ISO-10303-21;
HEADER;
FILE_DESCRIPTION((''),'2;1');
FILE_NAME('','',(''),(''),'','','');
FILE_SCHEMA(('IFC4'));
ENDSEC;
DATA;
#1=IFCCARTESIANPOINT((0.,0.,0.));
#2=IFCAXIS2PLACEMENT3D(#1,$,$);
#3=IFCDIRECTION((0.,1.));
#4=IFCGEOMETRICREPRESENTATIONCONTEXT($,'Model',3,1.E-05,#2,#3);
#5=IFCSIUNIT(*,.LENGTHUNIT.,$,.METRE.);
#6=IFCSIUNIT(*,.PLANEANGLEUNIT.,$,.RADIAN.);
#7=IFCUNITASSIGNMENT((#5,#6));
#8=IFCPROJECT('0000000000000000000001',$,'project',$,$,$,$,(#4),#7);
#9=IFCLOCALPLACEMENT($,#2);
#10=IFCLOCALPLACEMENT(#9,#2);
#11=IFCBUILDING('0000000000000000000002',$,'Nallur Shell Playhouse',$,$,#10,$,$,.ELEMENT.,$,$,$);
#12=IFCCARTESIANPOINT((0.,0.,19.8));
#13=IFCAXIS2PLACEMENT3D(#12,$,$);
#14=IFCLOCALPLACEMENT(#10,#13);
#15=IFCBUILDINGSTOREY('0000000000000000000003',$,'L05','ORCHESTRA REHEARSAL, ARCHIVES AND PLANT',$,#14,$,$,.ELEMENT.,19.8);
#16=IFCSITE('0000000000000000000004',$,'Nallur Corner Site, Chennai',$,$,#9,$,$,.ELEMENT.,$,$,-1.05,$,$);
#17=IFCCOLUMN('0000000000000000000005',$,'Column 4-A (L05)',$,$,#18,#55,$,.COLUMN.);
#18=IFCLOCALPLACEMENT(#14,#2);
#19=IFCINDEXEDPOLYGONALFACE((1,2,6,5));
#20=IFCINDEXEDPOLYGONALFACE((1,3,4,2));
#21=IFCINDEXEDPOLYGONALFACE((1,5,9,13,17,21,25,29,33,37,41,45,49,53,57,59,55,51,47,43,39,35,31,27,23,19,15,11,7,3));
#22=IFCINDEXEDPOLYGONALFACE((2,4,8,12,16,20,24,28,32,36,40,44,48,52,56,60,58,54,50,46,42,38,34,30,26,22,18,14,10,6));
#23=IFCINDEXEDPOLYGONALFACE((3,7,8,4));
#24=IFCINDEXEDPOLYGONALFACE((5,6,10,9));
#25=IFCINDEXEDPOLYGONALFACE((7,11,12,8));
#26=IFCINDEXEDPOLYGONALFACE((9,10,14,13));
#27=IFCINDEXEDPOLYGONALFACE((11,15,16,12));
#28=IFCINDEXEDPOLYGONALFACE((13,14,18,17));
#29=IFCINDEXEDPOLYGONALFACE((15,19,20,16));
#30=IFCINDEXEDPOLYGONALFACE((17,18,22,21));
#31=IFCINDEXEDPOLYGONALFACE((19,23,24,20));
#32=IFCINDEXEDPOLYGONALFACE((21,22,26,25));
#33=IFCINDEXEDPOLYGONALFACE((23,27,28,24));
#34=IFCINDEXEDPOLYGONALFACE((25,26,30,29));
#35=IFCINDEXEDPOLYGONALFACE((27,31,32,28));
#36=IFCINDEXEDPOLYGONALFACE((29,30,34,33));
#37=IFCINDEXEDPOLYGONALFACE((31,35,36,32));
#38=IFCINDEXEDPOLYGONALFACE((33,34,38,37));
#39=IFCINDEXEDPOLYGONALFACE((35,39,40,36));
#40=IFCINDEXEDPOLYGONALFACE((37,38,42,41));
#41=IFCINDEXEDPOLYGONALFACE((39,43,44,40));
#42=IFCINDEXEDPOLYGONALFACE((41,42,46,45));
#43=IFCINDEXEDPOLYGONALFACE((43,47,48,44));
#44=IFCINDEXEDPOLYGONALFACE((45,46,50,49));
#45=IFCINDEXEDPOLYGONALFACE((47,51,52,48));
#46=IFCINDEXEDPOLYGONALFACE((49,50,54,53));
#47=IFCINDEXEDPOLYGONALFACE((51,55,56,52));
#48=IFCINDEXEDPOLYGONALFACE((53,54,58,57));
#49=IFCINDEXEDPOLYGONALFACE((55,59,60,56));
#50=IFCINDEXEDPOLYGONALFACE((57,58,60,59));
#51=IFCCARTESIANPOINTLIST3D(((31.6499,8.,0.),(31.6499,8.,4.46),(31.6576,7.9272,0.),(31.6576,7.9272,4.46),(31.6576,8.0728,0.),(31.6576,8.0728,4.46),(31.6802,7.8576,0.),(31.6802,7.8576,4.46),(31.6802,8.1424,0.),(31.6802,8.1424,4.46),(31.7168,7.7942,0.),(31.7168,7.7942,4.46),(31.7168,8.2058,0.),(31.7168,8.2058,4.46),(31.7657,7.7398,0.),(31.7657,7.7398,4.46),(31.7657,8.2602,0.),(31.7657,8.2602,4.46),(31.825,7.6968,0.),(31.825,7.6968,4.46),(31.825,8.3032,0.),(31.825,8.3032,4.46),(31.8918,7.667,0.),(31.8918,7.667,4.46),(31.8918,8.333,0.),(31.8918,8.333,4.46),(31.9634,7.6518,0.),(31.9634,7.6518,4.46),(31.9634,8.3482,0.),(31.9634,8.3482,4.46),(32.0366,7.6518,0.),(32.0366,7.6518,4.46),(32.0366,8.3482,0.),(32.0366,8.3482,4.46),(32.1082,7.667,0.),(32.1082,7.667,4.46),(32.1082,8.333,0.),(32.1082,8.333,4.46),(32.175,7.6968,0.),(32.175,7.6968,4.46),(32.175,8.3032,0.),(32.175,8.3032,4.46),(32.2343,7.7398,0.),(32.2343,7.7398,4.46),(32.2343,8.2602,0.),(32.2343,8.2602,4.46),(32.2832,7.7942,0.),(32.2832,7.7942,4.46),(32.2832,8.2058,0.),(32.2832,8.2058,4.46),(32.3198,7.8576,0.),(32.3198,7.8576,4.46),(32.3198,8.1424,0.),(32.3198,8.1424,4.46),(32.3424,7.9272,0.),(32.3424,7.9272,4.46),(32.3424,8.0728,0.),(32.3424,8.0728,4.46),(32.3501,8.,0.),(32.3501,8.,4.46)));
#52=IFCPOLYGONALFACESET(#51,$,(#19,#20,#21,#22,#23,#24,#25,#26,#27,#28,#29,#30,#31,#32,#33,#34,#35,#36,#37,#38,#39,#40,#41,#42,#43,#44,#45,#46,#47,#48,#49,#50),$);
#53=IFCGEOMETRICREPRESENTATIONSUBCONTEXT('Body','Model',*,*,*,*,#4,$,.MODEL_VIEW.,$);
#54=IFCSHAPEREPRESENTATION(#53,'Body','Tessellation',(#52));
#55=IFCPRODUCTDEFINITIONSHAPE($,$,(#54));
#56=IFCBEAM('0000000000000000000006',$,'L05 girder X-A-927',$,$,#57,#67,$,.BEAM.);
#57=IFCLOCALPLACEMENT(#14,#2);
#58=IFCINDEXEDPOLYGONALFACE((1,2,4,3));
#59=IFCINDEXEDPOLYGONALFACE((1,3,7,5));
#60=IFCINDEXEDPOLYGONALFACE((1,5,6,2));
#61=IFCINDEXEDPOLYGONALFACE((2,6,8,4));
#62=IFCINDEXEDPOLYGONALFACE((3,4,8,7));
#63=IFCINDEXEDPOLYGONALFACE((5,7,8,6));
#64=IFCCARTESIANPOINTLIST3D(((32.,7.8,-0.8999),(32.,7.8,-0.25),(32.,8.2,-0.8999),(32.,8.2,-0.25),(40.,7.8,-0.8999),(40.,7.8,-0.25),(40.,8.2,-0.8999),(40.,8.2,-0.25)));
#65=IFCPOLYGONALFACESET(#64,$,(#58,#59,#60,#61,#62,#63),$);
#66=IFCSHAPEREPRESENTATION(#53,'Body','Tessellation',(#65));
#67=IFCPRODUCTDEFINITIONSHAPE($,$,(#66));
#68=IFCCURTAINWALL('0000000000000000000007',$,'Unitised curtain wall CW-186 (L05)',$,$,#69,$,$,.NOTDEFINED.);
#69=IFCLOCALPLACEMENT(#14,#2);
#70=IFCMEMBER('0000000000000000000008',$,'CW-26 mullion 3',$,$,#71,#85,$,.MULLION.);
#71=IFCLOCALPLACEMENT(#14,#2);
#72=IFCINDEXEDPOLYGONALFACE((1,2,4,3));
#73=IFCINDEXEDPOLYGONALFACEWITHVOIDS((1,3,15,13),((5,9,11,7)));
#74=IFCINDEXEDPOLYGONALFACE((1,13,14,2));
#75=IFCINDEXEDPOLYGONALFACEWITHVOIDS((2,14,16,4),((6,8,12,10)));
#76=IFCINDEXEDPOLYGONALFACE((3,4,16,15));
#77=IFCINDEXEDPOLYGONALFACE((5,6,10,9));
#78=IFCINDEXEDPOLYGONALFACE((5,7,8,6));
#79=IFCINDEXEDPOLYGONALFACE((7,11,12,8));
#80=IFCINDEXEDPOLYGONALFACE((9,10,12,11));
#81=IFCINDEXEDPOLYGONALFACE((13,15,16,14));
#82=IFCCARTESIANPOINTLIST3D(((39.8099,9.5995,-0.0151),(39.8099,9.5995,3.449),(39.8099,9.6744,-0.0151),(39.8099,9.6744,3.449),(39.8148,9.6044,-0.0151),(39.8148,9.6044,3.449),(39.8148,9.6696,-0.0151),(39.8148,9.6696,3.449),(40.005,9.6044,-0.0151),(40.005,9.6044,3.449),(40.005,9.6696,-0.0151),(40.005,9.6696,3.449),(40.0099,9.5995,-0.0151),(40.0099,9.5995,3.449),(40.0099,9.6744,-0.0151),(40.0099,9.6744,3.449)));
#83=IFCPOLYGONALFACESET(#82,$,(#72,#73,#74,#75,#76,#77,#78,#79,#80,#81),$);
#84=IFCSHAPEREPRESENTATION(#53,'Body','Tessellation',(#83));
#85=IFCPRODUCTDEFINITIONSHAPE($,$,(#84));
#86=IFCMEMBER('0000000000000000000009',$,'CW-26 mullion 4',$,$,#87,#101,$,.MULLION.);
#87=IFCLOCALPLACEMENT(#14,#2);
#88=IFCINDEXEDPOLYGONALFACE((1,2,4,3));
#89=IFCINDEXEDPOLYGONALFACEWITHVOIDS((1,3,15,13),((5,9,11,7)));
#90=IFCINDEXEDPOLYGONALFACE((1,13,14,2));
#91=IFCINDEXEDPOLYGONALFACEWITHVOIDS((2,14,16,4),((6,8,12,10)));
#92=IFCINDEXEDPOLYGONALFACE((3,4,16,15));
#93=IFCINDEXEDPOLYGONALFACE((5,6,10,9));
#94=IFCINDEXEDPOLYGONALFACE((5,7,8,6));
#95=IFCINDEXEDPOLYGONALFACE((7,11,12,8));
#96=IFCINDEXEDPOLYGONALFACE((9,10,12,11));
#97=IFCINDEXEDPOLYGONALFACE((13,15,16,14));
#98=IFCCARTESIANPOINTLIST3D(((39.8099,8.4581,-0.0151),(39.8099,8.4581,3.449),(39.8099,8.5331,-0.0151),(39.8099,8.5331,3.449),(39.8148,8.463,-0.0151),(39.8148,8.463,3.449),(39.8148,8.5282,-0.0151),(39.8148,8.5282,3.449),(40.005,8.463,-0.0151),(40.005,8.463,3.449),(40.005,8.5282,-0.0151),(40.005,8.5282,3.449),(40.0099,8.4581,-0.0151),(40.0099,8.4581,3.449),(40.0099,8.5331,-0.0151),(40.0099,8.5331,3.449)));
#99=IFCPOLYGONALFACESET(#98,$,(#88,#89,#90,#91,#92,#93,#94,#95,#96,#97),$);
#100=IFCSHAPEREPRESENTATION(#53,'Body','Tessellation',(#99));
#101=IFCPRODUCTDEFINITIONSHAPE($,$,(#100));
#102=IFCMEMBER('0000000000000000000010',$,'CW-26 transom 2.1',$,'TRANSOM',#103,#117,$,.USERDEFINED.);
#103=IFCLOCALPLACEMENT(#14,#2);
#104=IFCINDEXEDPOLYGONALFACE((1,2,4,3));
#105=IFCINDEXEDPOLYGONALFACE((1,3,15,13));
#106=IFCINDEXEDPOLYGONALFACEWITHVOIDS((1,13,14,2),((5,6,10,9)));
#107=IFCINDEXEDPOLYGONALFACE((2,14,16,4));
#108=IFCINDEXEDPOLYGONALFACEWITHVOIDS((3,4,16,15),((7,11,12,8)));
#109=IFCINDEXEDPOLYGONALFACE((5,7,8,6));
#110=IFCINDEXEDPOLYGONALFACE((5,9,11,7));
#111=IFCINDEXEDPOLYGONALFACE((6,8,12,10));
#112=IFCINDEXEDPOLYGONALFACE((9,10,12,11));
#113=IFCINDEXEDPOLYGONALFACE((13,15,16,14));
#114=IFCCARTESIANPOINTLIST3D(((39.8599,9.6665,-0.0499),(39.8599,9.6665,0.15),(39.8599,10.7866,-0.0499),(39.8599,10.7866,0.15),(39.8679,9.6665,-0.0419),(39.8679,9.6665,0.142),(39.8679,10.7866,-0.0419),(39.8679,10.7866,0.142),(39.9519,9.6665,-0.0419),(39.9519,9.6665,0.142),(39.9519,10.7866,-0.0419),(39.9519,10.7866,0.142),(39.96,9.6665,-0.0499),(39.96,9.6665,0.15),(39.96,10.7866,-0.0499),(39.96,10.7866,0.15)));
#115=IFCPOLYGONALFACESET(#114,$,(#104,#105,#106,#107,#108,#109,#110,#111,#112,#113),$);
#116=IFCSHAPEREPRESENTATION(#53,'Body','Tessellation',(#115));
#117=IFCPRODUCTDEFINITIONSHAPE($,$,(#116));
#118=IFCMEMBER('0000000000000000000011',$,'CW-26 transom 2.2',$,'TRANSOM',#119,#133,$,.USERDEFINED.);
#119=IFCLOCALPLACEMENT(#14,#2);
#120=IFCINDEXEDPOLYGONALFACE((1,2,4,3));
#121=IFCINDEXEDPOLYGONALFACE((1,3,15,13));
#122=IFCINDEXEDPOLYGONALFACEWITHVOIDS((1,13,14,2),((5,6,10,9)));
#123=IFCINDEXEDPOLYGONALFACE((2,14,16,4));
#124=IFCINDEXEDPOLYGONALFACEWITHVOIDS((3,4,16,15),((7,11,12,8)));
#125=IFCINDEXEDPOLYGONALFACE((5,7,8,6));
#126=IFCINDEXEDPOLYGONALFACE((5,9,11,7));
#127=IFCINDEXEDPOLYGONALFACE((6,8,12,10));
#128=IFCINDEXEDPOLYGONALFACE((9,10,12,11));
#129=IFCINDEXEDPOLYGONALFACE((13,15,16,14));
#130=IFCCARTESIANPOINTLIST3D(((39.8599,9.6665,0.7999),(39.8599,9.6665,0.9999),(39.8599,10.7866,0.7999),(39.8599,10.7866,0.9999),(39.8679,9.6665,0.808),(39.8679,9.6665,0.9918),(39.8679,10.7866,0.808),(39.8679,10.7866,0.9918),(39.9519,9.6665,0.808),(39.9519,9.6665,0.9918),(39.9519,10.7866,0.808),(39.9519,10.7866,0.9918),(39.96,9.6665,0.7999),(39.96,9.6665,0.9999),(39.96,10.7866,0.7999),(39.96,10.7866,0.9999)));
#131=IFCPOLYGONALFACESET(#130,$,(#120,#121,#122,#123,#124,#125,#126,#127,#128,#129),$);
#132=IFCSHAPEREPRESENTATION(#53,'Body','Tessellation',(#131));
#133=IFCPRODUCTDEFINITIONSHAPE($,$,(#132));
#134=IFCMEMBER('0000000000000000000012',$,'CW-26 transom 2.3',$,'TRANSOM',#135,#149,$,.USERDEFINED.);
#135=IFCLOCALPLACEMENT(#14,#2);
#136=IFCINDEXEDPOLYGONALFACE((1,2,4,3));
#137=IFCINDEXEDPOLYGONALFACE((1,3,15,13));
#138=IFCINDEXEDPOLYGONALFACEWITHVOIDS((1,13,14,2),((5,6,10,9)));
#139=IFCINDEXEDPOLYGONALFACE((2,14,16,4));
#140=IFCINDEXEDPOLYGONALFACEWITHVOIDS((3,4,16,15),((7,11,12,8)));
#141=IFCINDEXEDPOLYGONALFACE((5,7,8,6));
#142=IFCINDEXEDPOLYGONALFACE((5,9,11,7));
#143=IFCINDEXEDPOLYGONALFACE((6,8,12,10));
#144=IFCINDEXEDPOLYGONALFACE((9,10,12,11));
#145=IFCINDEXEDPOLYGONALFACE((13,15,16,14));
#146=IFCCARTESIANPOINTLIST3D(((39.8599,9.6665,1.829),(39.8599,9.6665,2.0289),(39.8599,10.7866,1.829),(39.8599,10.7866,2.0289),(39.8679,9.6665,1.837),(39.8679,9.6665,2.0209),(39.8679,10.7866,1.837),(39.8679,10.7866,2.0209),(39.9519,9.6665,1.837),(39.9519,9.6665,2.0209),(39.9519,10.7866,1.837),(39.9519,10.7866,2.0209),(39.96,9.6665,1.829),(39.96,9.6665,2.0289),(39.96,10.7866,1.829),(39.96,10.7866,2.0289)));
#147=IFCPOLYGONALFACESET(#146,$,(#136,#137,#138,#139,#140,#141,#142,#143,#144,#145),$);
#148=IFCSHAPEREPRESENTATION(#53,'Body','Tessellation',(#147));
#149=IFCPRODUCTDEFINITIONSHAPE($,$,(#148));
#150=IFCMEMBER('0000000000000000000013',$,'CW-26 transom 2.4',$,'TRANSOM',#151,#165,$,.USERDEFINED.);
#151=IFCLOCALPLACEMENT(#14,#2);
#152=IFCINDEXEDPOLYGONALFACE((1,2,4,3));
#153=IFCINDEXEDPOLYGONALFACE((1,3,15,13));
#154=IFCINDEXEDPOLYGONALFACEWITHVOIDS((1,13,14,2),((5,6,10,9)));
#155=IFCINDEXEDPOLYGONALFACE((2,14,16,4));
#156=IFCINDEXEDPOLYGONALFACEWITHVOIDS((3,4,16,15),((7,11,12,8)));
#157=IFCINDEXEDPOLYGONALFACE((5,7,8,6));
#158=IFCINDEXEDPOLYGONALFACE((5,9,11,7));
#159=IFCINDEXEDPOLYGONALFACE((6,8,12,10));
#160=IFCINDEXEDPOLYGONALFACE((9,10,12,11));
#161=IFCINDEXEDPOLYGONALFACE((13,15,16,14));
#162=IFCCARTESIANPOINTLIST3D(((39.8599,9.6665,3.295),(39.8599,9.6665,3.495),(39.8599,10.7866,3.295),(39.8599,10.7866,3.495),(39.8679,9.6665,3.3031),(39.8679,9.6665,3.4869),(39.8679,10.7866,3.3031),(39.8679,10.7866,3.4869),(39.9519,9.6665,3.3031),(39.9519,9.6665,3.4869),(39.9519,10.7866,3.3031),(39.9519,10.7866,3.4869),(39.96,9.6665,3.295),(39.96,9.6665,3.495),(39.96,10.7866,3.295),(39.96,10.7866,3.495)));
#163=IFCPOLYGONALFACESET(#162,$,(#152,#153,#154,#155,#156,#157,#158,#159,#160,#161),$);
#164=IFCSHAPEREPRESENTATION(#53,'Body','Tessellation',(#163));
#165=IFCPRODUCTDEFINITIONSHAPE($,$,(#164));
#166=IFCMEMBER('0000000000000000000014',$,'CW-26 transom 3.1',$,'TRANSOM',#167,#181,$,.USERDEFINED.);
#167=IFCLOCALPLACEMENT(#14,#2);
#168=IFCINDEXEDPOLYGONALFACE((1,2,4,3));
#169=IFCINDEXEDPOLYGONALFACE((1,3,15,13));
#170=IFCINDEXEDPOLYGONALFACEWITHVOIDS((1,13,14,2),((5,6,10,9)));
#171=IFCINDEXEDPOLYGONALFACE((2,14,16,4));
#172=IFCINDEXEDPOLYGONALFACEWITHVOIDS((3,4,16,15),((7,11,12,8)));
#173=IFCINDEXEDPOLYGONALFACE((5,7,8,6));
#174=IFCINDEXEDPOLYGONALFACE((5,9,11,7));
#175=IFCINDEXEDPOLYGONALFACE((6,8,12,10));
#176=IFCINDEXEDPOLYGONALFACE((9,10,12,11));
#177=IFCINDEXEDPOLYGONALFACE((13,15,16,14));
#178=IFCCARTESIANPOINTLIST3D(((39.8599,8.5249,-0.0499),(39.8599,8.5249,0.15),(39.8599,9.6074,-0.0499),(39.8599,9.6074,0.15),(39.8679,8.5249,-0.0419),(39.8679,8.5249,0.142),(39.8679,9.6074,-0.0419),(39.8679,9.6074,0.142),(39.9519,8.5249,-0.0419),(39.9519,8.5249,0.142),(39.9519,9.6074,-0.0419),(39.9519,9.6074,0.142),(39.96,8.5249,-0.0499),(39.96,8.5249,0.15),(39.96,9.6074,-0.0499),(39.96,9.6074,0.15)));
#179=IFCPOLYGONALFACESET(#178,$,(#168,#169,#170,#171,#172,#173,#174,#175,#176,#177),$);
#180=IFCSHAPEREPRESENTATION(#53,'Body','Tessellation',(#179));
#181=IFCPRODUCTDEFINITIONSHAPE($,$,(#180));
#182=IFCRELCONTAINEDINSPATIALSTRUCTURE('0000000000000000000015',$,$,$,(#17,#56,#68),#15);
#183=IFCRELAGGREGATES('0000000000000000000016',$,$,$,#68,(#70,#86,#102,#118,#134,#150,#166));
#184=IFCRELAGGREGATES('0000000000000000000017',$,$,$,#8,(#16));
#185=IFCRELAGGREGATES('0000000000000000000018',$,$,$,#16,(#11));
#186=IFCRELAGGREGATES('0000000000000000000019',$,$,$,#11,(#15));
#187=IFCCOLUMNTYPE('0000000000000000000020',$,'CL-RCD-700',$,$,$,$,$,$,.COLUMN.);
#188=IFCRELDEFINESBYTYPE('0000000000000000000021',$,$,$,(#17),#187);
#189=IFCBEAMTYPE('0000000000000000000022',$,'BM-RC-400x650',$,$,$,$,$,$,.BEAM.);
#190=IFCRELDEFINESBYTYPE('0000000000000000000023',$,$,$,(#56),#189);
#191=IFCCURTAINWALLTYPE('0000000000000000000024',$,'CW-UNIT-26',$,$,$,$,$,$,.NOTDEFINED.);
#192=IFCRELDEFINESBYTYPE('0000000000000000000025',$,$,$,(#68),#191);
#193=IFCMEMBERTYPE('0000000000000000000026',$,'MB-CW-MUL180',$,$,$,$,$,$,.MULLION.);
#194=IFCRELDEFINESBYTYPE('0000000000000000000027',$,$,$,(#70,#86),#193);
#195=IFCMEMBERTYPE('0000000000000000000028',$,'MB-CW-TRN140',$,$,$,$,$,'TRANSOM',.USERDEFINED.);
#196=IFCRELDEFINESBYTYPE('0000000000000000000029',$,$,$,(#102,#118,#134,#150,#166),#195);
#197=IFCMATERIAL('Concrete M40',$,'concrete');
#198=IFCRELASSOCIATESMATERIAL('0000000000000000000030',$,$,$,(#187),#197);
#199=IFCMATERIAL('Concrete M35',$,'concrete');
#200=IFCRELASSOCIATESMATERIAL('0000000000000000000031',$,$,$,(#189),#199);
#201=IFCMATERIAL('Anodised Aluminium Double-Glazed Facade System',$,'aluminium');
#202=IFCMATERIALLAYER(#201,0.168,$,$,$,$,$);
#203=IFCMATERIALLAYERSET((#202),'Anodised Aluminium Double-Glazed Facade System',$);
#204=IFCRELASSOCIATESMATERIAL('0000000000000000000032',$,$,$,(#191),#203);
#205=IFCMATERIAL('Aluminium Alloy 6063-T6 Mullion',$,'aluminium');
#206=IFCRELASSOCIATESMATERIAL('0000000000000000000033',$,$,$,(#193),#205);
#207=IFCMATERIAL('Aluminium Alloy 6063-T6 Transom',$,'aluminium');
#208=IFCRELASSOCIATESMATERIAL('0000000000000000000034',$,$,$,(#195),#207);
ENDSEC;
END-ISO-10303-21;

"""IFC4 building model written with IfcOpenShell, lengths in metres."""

from ifc_helpers import new_model, si_unit, direction, frame, origin, origin_2d, place, context, subcontext, project, spatial, rectangle, hollow_rectangle, circle, extrude, material, layer, layer_set, material_profile, profile_set, type_object, element, aggregate, save


model = new_model("IFC4")

# Units and contexts
model_context = context("Model", 3, precision=1e-05, world=origin(), true_north=direction((0.0, 1.0)))
body_context = subcontext(model_context, "Body", "Model", "MODEL_VIEW")
ifc_project = project(units=[si_unit("LENGTHUNIT", "METRE"), si_unit("PLANEANGLEUNIT", "RADIAN")], contexts=[model_context])

# Site, building, storey
site_placement = place(None, origin())
site = spatial("IfcSite", under=ifc_project, at=site_placement, Name="Nallur Corner Site, Chennai", CompositionType="ELEMENT", RefElevation=-1.05)
building_placement = place(site_placement, origin())
building = spatial("IfcBuilding", under=site, at=building_placement, Name="Nallur Shell Playhouse", CompositionType="ELEMENT")
storey_placement = place(building_placement, frame((0.0, 0.0, 19.8)))
storey = spatial("IfcBuildingStorey", under=building, at=storey_placement, Name="L05", Description="ORCHESTRA REHEARSAL, ARCHIVES AND PLANT", CompositionType="ELEMENT", Elevation=19.8)

# Column
ifc_material_1 = material(Name="Concrete M40", Category="concrete")
ifc_material_profile_1 = material_profile(ifc_material_1, circle(Radius=0.3501, at=origin_2d()), Name="RC D700")
ifc_profile_set_1 = profile_set([ifc_material_profile_1], Name="Concrete M40")
column_type = type_object("IfcColumnType", Name="CL-RCD-700", PredefinedType="COLUMN", material=ifc_profile_set_1)
column_placement = place(storey_placement, frame((32.0, 8.0, 0.0), z_axis=(0.0, 0.0, 1.0), x_axis=(1.0, 0.0, 0.0)))
element("IfcColumn", 1, at=column_placement, inside=storey, type_object=column_type, Name="Column 4-A (L05)", PredefinedType="COLUMN", context=body_context, shape_type="SweptSolid", body=[
    extrude(circle(Radius=0.3501, at=origin_2d()), origin(), (0.0, 0.0, 1.0), 4.46),
])

# Beam
ifc_material_2 = material(Name="Concrete M35", Category="concrete")
ifc_material_profile_2 = material_profile(ifc_material_2, rectangle(XDim=0.3999, YDim=0.6499, at=origin_2d()), Name="RC 400x650")
ifc_profile_set_2 = profile_set([ifc_material_profile_2], Name="Concrete M35")
beam_type = type_object("IfcBeamType", Name="BM-RC-400x650", PredefinedType="BEAM", material=ifc_profile_set_2)
beam_placement = place(storey_placement, frame((32.0, 8.0, -0.575), z_axis=(1.0, 0.0, 0.0), x_axis=(0.0, 1.0, 0.0)))
element("IfcBeam", 2, at=beam_placement, inside=storey, type_object=beam_type, Name="L05 girder X-A-927", PredefinedType="BEAM", context=body_context, shape_type="SweptSolid", body=[
    extrude(rectangle(XDim=0.3999, YDim=0.6499, at=origin_2d()), origin(), (0.0, 0.0, 1.0), 8.0),
])

# Curtain wall, members
ifc_material_3 = material(Name="Anodised Aluminium Double-Glazed Facade System", Category="aluminium")
ifc_layer_1 = layer(ifc_material_3, 0.168)
ifc_layer_set_1 = layer_set([ifc_layer_1], Name="Anodised Aluminium Double-Glazed Facade System")
curtain_wall_type = type_object("IfcCurtainWallType", Name="CW-UNIT-26", PredefinedType="NOTDEFINED", material=ifc_layer_set_1)
curtain_wall_placement = place(storey_placement, origin())
curtain_wall = element("IfcCurtainWall", 3, at=curtain_wall_placement, inside=storey, type_object=curtain_wall_type, Name="Unitised curtain wall CW-186 (L05)", PredefinedType="NOTDEFINED")
ifc_material_4 = material(Name="Aluminium Alloy 6063-T6 Mullion", Category="aluminium")
ifc_material_profile_3 = material_profile(ifc_material_4, hollow_rectangle(XDim=0.075, YDim=0.2, WallThickness=0.0049, at=origin_2d()), Name="ALU 75x200x5")
ifc_profile_set_3 = profile_set([ifc_material_profile_3], Name="Aluminium Alloy 6063-T6 Mullion")
member_type_1 = type_object("IfcMemberType", Name="MB-CW-MUL180", PredefinedType="MULLION", material=ifc_profile_set_3)
member_1_placement = place(storey_placement, frame((39.9099, 9.637, -0.0151), z_axis=(0.0, 0.0, 1.0), x_axis=(0.0, -1.0, 0.0)))
member_1 = element("IfcMember", 4, at=member_1_placement, type_object=member_type_1, Name="CW-26 mullion 3", PredefinedType="MULLION", context=body_context, shape_type="SweptSolid", body=[
    extrude(hollow_rectangle(XDim=0.075, YDim=0.2, WallThickness=0.0049, at=origin_2d()), origin(), (0.0, 0.0, 1.0), 3.4641),
])
member_2_placement = place(storey_placement, frame((39.9099, 8.4956, -0.0151), z_axis=(0.0, 0.0, 1.0), x_axis=(0.0, -1.0, 0.0)))
member_2 = element("IfcMember", 5, at=member_2_placement, type_object=member_type_1, Name="CW-26 mullion 4", PredefinedType="MULLION", context=body_context, shape_type="SweptSolid", body=[
    extrude(hollow_rectangle(XDim=0.075, YDim=0.2, WallThickness=0.0049, at=origin_2d()), origin(), (0.0, 0.0, 1.0), 3.4641),
])
ifc_material_5 = material(Name="Aluminium Alloy 6063-T6 Transom", Category="aluminium")
ifc_material_profile_4 = material_profile(ifc_material_5, hollow_rectangle(XDim=0.1001, YDim=0.2, WallThickness=0.0081, at=origin_2d()), Name="RHS 200x100x8")
ifc_profile_set_4 = profile_set([ifc_material_profile_4], Name="Aluminium Alloy 6063-T6 Transom")
member_type_2 = type_object("IfcMemberType", Name="MB-CW-TRN140", ElementType="TRANSOM", PredefinedType="USERDEFINED", material=ifc_profile_set_4)
member_3_placement = place(storey_placement, frame((39.9099, 10.7866, 0.05), z_axis=(0.0, -1.0, 0.0), x_axis=(1.0, 0.0, 0.0)))
member_3 = element("IfcMember", 6, at=member_3_placement, type_object=member_type_2, Name="CW-26 transom 2.1", ObjectType="TRANSOM", PredefinedType="USERDEFINED", context=body_context, shape_type="SweptSolid", body=[
    extrude(hollow_rectangle(XDim=0.1001, YDim=0.2, WallThickness=0.0081, at=origin_2d()), origin(), (0.0, 0.0, 1.0), 1.1201),
])
member_4_placement = place(storey_placement, frame((39.9099, 10.7866, 0.8999), z_axis=(0.0, -1.0, 0.0), x_axis=(1.0, 0.0, 0.0)))
member_4 = element("IfcMember", 7, at=member_4_placement, type_object=member_type_2, Name="CW-26 transom 2.2", ObjectType="TRANSOM", PredefinedType="USERDEFINED", context=body_context, shape_type="SweptSolid", body=[
    extrude(hollow_rectangle(XDim=0.1001, YDim=0.2, WallThickness=0.0081, at=origin_2d()), origin(), (0.0, 0.0, 1.0), 1.1201),
])
member_5_placement = place(storey_placement, frame((39.9099, 10.7866, 1.929), z_axis=(0.0, -1.0, 0.0), x_axis=(1.0, 0.0, 0.0)))
member_5 = element("IfcMember", 8, at=member_5_placement, type_object=member_type_2, Name="CW-26 transom 2.3", ObjectType="TRANSOM", PredefinedType="USERDEFINED", context=body_context, shape_type="SweptSolid", body=[
    extrude(hollow_rectangle(XDim=0.1001, YDim=0.2, WallThickness=0.0081, at=origin_2d()), origin(), (0.0, 0.0, 1.0), 1.1201),
])
member_6_placement = place(storey_placement, frame((39.9099, 10.7866, 3.395), z_axis=(0.0, -1.0, 0.0), x_axis=(1.0, 0.0, 0.0)))
member_6 = element("IfcMember", 9, at=member_6_placement, type_object=member_type_2, Name="CW-26 transom 2.4", ObjectType="TRANSOM", PredefinedType="USERDEFINED", context=body_context, shape_type="SweptSolid", body=[
    extrude(hollow_rectangle(XDim=0.1001, YDim=0.2, WallThickness=0.0081, at=origin_2d()), origin(), (0.0, 0.0, 1.0), 1.1201),
])
member_7_placement = place(storey_placement, frame((39.9099, 9.6074, 0.05), z_axis=(0.0, -1.0, 0.0), x_axis=(1.0, 0.0, 0.0)))
member_7 = element("IfcMember", 10, at=member_7_placement, type_object=member_type_2, Name="CW-26 transom 3.1", ObjectType="TRANSOM", PredefinedType="USERDEFINED", context=body_context, shape_type="SweptSolid", body=[
    extrude(hollow_rectangle(XDim=0.1001, YDim=0.2, WallThickness=0.0081, at=origin_2d()), origin(), (0.0, 0.0, 1.0), 1.0825),
])
aggregate(curtain_wall, [member_1, member_2, member_3, member_4, member_5, member_6, member_7])

save(model, "model.ifc")
